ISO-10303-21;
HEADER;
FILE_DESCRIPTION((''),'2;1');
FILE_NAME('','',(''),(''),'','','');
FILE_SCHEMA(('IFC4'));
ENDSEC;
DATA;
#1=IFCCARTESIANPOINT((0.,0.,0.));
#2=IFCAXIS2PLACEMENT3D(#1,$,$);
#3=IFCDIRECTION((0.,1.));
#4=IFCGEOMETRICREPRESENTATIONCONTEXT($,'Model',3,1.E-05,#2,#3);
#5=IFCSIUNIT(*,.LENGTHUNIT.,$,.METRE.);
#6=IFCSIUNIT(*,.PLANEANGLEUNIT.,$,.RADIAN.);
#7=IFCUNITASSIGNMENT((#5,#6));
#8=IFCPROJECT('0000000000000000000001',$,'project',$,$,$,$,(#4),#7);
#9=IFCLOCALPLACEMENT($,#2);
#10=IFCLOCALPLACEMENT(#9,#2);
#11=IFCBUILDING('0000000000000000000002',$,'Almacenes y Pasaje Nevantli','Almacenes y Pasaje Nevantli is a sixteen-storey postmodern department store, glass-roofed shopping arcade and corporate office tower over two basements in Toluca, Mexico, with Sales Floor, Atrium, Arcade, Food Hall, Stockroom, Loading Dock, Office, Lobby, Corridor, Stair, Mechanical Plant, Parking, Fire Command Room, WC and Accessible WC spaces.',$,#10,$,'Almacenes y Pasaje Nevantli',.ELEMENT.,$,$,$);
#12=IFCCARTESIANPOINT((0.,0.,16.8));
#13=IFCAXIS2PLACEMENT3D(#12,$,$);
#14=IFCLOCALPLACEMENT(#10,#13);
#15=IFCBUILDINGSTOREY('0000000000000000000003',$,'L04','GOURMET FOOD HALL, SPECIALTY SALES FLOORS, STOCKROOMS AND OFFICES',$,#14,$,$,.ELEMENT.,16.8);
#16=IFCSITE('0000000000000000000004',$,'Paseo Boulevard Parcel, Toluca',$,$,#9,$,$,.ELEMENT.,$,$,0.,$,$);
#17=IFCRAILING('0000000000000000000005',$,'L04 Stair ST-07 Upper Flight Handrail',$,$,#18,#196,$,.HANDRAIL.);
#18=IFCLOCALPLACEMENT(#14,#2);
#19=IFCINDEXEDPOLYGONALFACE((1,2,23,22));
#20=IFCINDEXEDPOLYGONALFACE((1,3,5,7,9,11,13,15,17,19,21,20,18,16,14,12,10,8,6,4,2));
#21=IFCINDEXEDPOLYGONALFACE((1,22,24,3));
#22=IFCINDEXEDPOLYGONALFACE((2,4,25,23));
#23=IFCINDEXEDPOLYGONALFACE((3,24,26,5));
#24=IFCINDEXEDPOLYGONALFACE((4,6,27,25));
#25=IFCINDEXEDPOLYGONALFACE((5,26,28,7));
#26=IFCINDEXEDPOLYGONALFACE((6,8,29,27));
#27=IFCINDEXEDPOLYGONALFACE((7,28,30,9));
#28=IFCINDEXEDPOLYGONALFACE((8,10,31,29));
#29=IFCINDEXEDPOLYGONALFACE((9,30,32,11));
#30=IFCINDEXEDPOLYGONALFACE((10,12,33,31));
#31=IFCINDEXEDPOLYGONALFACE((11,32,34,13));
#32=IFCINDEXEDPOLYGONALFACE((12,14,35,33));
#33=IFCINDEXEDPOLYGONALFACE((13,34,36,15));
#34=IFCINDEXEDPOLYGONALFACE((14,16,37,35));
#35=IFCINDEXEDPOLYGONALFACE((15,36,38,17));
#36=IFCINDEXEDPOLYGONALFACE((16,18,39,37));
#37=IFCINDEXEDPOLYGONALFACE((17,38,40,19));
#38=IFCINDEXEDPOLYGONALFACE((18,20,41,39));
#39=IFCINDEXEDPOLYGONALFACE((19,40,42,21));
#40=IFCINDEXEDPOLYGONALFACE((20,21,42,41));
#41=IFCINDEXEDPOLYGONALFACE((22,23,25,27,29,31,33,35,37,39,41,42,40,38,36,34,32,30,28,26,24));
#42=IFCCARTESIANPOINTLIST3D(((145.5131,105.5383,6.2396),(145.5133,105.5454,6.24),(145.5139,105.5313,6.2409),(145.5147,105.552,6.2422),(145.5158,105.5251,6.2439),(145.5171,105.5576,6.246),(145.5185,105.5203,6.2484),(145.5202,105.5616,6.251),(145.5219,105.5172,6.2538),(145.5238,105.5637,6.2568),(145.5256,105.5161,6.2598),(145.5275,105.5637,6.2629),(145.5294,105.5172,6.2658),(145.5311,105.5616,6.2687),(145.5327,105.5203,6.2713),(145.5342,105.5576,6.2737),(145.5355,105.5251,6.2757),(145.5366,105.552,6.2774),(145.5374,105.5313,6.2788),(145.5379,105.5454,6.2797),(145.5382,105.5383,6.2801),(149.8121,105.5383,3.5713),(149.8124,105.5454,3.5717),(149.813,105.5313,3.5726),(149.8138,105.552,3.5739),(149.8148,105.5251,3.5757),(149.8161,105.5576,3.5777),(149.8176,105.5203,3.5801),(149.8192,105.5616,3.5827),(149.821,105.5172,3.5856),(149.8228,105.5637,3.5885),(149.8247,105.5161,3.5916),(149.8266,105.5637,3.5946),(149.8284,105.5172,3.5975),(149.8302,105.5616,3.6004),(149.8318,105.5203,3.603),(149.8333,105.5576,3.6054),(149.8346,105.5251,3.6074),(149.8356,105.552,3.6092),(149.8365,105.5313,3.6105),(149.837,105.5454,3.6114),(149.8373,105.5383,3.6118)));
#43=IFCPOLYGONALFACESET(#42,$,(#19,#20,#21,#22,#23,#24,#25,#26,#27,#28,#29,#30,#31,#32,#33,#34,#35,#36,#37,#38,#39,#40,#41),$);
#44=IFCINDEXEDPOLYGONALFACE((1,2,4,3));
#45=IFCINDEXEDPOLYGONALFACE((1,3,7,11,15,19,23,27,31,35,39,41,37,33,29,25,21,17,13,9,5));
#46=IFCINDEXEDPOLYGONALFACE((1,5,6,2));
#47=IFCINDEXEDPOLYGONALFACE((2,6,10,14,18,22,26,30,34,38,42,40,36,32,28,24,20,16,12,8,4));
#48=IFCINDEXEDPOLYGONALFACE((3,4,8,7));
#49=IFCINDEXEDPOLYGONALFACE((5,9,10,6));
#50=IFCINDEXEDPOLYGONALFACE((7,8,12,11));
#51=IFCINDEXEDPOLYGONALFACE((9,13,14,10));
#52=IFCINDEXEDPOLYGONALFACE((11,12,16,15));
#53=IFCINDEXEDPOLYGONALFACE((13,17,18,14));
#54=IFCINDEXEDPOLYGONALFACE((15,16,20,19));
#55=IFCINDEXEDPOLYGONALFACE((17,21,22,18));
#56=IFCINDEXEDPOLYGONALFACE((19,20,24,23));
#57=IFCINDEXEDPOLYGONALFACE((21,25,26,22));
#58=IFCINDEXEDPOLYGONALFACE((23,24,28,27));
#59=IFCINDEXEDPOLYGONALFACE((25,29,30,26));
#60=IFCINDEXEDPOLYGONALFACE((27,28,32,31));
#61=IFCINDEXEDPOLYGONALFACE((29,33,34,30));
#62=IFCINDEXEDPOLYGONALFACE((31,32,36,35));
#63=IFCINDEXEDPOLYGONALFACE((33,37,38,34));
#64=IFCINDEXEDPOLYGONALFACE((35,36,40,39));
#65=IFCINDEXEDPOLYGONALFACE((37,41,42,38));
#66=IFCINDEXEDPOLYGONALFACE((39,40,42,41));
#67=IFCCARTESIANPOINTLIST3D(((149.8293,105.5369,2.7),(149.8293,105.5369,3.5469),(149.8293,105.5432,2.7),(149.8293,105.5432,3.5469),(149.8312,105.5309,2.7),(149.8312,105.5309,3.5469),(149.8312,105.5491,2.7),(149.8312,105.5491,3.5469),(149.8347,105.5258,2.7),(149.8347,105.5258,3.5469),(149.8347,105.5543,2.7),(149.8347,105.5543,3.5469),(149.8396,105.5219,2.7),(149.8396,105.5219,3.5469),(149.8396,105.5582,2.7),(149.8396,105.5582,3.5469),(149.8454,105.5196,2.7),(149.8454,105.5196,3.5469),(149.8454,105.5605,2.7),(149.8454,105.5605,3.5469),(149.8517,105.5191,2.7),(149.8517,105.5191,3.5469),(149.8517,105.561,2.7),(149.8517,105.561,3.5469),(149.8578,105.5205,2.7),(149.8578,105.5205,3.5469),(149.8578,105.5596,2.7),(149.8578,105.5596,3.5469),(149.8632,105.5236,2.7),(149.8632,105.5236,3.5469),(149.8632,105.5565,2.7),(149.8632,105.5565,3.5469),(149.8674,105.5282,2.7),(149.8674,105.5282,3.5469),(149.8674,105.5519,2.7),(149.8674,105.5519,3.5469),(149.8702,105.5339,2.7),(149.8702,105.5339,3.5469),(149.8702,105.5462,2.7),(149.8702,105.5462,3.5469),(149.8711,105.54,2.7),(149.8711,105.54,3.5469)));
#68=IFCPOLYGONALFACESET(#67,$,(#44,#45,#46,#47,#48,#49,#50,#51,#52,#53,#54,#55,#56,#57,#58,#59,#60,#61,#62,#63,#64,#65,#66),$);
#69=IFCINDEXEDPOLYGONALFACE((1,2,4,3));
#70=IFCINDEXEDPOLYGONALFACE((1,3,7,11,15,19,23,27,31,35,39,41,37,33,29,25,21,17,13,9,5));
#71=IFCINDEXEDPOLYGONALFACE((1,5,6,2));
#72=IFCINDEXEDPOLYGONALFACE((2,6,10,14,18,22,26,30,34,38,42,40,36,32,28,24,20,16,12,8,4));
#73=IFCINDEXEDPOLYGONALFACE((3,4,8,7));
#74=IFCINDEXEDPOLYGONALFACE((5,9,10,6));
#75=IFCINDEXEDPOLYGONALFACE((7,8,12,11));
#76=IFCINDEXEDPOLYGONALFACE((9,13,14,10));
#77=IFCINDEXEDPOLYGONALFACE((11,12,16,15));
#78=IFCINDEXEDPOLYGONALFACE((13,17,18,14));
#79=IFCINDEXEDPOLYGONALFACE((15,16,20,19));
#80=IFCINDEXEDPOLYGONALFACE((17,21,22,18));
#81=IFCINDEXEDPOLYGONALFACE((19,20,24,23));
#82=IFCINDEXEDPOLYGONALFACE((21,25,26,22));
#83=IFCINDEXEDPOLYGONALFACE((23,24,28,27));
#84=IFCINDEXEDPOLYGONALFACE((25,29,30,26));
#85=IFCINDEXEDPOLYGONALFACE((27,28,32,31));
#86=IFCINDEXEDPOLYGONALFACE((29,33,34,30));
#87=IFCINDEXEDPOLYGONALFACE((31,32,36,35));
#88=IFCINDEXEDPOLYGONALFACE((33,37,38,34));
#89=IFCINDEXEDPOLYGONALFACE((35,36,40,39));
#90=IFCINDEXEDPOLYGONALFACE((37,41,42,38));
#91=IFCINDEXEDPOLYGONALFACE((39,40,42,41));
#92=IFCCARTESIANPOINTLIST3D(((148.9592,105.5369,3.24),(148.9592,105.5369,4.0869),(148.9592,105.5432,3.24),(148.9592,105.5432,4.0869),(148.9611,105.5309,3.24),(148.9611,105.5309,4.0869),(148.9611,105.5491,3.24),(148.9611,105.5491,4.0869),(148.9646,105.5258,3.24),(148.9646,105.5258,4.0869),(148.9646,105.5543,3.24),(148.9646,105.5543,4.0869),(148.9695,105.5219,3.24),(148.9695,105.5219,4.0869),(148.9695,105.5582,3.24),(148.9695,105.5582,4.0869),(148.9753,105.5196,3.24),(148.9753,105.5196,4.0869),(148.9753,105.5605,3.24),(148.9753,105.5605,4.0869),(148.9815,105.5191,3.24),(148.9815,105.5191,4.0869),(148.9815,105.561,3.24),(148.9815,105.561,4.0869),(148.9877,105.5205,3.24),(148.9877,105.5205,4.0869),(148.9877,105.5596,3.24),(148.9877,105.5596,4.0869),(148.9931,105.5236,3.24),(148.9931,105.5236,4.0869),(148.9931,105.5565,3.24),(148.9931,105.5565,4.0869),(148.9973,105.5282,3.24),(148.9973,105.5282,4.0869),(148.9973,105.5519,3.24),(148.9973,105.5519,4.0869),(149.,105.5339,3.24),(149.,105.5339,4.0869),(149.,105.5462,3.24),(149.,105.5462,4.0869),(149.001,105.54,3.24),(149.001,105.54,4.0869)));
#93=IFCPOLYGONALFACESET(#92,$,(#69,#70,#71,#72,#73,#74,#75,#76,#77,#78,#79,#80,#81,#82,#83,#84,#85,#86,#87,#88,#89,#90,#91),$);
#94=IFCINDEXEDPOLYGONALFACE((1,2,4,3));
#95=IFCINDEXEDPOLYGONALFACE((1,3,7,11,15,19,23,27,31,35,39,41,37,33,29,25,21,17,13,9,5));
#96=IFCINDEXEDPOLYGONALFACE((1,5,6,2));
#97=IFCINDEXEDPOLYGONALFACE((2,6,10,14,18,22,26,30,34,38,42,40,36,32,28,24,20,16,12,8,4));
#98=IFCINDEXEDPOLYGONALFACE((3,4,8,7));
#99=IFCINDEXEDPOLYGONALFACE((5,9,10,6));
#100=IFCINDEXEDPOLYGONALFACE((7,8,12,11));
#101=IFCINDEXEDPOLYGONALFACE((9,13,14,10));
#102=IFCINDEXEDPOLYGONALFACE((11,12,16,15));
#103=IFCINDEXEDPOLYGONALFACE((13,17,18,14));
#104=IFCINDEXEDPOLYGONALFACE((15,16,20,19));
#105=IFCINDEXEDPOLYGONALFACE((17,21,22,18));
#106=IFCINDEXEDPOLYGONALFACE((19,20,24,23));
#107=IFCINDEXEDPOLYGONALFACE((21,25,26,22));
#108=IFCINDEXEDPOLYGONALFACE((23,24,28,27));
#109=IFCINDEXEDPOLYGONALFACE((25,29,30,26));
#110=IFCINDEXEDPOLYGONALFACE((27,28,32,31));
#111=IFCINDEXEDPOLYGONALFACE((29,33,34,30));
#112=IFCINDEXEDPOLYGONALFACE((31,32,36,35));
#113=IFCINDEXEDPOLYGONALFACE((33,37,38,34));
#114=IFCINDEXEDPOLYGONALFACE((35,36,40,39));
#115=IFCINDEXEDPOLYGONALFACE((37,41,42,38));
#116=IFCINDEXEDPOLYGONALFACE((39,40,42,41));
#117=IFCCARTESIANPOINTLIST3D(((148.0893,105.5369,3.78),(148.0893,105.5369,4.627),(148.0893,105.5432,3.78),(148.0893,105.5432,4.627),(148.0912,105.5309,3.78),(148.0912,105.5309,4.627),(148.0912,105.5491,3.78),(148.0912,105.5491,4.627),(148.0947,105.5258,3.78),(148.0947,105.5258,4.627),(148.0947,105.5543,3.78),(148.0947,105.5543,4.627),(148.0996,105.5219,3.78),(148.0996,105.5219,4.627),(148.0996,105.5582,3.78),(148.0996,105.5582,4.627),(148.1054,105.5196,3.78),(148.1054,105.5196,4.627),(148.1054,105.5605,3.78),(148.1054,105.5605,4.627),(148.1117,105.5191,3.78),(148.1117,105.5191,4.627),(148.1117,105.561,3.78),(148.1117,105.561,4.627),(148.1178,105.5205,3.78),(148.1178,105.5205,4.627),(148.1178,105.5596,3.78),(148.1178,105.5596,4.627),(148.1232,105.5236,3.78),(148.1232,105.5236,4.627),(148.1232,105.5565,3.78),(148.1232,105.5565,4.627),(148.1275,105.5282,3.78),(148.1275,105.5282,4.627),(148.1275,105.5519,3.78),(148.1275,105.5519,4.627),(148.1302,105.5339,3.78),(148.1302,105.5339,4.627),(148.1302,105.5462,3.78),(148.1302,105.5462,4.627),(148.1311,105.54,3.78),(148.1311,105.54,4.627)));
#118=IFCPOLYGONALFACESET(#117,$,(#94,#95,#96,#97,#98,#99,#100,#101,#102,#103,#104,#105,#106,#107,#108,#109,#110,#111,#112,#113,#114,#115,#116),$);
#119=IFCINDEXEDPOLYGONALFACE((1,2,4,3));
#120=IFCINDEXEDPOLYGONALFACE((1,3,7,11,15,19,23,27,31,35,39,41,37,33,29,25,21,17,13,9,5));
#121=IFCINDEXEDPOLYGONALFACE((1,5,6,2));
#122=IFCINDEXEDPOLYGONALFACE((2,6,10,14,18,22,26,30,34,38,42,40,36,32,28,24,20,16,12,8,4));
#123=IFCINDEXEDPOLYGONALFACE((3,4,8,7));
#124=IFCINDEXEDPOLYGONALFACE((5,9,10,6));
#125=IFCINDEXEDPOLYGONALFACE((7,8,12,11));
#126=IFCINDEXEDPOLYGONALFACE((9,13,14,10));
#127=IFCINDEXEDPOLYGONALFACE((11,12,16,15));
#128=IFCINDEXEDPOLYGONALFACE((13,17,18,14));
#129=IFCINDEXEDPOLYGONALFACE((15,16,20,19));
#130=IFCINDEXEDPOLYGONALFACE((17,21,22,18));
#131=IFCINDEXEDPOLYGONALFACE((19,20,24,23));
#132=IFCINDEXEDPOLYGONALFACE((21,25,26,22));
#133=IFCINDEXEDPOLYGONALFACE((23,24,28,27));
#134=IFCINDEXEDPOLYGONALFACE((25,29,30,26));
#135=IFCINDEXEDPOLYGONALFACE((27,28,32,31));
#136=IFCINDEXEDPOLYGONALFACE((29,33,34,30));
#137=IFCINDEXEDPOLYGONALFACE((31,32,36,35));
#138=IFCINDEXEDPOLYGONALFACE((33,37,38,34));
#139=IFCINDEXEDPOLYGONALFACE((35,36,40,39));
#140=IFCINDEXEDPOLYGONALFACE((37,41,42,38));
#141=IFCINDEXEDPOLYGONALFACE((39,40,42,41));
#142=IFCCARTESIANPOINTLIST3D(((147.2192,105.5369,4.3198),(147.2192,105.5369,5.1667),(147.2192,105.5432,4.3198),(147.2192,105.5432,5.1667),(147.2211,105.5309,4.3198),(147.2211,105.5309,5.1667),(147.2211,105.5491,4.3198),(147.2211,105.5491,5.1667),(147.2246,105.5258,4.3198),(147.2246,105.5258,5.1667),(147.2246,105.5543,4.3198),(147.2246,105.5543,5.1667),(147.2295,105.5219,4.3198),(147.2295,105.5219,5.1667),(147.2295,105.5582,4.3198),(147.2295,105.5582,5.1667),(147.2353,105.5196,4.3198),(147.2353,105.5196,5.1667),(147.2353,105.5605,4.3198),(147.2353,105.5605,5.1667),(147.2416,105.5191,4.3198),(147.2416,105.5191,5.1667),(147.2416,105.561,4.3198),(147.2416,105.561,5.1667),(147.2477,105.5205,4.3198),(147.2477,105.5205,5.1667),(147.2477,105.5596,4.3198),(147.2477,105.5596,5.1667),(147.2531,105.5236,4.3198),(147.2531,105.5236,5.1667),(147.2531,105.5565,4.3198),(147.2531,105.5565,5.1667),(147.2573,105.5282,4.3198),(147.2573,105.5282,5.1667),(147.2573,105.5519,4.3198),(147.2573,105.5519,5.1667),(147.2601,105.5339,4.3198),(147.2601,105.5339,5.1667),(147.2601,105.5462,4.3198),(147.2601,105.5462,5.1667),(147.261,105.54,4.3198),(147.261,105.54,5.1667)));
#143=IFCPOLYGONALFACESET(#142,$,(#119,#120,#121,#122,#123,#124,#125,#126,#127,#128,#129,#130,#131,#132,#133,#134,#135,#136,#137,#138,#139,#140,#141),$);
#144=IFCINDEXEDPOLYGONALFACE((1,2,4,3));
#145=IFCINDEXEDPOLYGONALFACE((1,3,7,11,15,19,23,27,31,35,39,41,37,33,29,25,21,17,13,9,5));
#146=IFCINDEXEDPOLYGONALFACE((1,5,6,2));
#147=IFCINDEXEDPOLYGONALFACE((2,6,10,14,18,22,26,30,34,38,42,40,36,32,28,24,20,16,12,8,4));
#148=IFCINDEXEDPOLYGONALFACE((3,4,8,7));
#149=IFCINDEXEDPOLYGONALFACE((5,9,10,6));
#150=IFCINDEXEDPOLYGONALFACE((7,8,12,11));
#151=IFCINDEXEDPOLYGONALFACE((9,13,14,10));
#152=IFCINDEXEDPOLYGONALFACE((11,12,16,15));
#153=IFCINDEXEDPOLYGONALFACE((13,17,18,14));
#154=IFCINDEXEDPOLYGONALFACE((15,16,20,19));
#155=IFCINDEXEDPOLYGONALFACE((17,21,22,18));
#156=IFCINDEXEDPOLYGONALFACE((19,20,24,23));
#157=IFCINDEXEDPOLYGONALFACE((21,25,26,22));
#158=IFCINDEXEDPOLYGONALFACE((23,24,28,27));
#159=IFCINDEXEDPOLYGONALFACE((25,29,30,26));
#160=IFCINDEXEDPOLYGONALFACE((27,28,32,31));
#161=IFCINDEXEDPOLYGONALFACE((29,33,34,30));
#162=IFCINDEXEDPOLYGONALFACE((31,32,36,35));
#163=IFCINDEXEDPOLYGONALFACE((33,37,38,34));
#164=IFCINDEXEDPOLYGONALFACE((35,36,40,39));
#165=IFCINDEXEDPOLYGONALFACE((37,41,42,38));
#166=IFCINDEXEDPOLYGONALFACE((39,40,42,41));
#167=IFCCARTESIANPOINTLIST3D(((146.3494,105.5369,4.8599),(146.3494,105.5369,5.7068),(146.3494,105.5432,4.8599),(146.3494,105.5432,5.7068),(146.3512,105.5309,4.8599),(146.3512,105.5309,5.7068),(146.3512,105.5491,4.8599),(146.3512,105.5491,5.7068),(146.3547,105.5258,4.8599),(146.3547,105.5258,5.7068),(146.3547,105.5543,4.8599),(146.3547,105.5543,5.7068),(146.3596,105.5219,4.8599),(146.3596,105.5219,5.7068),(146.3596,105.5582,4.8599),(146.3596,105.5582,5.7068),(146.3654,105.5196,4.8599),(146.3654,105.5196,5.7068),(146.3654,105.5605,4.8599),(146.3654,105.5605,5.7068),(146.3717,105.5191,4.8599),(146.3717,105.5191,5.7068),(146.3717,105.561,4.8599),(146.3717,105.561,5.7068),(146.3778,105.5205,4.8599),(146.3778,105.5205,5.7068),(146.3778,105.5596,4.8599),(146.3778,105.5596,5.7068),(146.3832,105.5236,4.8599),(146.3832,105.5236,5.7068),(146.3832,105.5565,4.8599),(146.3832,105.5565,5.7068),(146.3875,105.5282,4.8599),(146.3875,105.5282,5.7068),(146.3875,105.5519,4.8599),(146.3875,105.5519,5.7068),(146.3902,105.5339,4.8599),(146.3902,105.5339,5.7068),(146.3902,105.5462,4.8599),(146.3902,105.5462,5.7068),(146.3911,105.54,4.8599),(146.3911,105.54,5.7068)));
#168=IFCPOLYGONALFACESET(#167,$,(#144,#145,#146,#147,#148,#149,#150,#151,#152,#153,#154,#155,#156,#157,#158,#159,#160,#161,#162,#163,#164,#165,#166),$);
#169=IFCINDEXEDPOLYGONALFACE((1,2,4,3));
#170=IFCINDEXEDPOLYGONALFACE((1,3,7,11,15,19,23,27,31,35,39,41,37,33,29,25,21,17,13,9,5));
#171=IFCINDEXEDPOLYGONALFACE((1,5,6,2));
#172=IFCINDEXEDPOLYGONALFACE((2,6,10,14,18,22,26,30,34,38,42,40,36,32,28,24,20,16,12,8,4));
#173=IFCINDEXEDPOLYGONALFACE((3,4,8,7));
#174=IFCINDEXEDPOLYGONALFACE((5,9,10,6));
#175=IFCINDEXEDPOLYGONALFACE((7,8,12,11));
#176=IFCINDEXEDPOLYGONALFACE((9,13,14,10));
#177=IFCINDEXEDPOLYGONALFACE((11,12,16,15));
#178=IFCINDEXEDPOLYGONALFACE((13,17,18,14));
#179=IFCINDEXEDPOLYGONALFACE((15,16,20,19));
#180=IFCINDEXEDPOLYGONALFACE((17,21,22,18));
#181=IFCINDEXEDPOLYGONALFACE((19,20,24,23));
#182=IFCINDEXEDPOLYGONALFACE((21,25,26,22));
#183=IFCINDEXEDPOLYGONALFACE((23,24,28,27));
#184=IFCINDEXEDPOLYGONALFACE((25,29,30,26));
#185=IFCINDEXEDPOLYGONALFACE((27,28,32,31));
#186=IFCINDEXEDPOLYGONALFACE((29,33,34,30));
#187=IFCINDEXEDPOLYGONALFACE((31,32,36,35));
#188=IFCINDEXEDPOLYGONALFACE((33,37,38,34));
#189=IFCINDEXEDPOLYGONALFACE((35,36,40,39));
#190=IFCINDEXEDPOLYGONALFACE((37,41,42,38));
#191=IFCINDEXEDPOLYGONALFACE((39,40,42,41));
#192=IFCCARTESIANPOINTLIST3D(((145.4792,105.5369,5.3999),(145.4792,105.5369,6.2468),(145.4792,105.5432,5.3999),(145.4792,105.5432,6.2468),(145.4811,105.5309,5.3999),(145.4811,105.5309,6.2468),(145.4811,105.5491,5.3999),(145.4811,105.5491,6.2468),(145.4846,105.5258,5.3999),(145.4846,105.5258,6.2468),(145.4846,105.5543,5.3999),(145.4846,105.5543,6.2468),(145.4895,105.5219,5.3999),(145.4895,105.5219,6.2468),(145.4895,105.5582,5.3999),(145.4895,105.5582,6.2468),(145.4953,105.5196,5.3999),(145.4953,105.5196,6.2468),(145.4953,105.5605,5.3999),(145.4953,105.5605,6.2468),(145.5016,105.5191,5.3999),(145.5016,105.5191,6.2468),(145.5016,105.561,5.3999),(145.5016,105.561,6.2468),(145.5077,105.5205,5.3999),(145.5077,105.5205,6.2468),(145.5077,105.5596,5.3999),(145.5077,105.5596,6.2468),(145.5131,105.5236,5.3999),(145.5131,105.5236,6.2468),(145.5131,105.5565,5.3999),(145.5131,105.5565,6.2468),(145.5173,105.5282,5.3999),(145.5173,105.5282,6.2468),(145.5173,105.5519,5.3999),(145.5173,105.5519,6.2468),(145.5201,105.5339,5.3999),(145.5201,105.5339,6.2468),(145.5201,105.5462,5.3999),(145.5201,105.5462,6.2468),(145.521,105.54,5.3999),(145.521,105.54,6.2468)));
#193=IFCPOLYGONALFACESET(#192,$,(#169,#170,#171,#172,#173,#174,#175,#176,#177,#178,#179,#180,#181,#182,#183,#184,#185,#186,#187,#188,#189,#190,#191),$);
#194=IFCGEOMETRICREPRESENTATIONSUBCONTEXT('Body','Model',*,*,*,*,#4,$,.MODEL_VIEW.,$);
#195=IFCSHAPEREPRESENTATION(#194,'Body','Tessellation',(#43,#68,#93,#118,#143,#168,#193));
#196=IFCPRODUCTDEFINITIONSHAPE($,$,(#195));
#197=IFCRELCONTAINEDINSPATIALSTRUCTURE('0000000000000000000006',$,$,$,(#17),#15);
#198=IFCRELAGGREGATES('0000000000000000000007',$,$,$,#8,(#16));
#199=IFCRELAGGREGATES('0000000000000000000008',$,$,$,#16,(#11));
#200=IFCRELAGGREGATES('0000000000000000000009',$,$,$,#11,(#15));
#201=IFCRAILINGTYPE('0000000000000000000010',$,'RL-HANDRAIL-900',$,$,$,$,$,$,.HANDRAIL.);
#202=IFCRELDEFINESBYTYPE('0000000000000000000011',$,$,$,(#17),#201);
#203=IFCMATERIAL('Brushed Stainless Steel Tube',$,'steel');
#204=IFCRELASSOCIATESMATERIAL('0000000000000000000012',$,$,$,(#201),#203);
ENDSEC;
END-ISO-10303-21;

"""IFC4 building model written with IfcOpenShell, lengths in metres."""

from ifc_helpers import new_model, si_unit, direction, frame, origin, origin_2d, place, context, subcontext, project, spatial, circle, extrude, material, type_object, element, save


model = new_model("IFC4")

# Units and contexts
model_context = context("Model", 3, precision=1e-05, world=origin(), true_north=direction((0.0, 1.0)))
body_context = subcontext(model_context, "Body", "Model", "MODEL_VIEW")
ifc_project = project(units=[si_unit("LENGTHUNIT", "METRE"), si_unit("PLANEANGLEUNIT", "RADIAN")], contexts=[model_context])

# Site, building, storey
site_placement = place(None, origin())
site = spatial("IfcSite", under=ifc_project, at=site_placement, Name="Paseo Boulevard Parcel, Toluca", CompositionType="ELEMENT", RefElevation=0.0)
building_placement = place(site_placement, origin())
building = spatial("IfcBuilding", under=site, at=building_placement, Name="Almacenes y Pasaje Nevantli", Description="Almacenes y Pasaje Nevantli is a sixteen-storey postmodern department store, glass-roofed shopping arcade and corporate office tower over two basements in Toluca, Mexico, with Sales Floor, Atrium, Arcade, Food Hall, Stockroom, Loading Dock, Office, Lobby, Corridor, Stair, Mechanical Plant, Parking, Fire Command Room, WC and Accessible WC spaces.", LongName="Almacenes y Pasaje Nevantli", CompositionType="ELEMENT")
storey_placement = place(building_placement, frame((0.0, 0.0, 16.8)))
storey = spatial("IfcBuildingStorey", under=building, at=storey_placement, Name="L04", Description="GOURMET FOOD HALL, SPECIALTY SALES FLOORS, STOCKROOMS AND OFFICES", CompositionType="ELEMENT", Elevation=16.8)

# Railing
ifc_material_1 = material(Name="Brushed Stainless Steel Tube", Category="steel")
railing_type_1 = type_object("IfcRailingType", Name="RL-HANDRAIL-900", PredefinedType="HANDRAIL", material=ifc_material_1)
railing_1_placement = place(storey_placement, frame((149.8501, 105.54, 2.7)))
element("IfcRailing", 1, at=railing_1_placement, inside=storey, type_object=railing_type_1, Name="L04 Stair ST-07 Upper Flight Handrail", PredefinedType="HANDRAIL", context=body_context, shape_type="SweptSolid", body=[
    extrude(circle(Radius=0.0239, at=origin_2d()), frame((-0.0254, 0.0, 0.8916), z_axis=(-0.84965, 0.0, 0.527347), x_axis=(0.0, -1.0, 0.0)), (0.0, 0.0, 1.0), 5.0598),
    extrude(circle(Radius=0.021, at=origin_2d()), origin(), (0.0, 0.0, 1.0), 0.8469),
    extrude(circle(Radius=0.021, at=origin_2d()), frame((-0.8701, 0.0, 0.54)), (0.0, 0.0, 1.0), 0.8469),
    extrude(circle(Radius=0.021, at=origin_2d()), frame((-1.74, 0.0, 1.0801)), (0.0, 0.0, 1.0), 0.8469),
    extrude(circle(Radius=0.021, at=origin_2d()), frame((-2.6101, 0.0, 1.6199)), (0.0, 0.0, 1.0), 0.8469),
    extrude(circle(Radius=0.021, at=origin_2d()), frame((-3.48, 0.0, 2.1599)), (0.0, 0.0, 1.0), 0.8469),
    extrude(circle(Radius=0.021, at=origin_2d()), frame((-4.3501, 0.0, 2.7)), (0.0, 0.0, 1.0), 0.8469),
])

save(model, "model.ifc")
